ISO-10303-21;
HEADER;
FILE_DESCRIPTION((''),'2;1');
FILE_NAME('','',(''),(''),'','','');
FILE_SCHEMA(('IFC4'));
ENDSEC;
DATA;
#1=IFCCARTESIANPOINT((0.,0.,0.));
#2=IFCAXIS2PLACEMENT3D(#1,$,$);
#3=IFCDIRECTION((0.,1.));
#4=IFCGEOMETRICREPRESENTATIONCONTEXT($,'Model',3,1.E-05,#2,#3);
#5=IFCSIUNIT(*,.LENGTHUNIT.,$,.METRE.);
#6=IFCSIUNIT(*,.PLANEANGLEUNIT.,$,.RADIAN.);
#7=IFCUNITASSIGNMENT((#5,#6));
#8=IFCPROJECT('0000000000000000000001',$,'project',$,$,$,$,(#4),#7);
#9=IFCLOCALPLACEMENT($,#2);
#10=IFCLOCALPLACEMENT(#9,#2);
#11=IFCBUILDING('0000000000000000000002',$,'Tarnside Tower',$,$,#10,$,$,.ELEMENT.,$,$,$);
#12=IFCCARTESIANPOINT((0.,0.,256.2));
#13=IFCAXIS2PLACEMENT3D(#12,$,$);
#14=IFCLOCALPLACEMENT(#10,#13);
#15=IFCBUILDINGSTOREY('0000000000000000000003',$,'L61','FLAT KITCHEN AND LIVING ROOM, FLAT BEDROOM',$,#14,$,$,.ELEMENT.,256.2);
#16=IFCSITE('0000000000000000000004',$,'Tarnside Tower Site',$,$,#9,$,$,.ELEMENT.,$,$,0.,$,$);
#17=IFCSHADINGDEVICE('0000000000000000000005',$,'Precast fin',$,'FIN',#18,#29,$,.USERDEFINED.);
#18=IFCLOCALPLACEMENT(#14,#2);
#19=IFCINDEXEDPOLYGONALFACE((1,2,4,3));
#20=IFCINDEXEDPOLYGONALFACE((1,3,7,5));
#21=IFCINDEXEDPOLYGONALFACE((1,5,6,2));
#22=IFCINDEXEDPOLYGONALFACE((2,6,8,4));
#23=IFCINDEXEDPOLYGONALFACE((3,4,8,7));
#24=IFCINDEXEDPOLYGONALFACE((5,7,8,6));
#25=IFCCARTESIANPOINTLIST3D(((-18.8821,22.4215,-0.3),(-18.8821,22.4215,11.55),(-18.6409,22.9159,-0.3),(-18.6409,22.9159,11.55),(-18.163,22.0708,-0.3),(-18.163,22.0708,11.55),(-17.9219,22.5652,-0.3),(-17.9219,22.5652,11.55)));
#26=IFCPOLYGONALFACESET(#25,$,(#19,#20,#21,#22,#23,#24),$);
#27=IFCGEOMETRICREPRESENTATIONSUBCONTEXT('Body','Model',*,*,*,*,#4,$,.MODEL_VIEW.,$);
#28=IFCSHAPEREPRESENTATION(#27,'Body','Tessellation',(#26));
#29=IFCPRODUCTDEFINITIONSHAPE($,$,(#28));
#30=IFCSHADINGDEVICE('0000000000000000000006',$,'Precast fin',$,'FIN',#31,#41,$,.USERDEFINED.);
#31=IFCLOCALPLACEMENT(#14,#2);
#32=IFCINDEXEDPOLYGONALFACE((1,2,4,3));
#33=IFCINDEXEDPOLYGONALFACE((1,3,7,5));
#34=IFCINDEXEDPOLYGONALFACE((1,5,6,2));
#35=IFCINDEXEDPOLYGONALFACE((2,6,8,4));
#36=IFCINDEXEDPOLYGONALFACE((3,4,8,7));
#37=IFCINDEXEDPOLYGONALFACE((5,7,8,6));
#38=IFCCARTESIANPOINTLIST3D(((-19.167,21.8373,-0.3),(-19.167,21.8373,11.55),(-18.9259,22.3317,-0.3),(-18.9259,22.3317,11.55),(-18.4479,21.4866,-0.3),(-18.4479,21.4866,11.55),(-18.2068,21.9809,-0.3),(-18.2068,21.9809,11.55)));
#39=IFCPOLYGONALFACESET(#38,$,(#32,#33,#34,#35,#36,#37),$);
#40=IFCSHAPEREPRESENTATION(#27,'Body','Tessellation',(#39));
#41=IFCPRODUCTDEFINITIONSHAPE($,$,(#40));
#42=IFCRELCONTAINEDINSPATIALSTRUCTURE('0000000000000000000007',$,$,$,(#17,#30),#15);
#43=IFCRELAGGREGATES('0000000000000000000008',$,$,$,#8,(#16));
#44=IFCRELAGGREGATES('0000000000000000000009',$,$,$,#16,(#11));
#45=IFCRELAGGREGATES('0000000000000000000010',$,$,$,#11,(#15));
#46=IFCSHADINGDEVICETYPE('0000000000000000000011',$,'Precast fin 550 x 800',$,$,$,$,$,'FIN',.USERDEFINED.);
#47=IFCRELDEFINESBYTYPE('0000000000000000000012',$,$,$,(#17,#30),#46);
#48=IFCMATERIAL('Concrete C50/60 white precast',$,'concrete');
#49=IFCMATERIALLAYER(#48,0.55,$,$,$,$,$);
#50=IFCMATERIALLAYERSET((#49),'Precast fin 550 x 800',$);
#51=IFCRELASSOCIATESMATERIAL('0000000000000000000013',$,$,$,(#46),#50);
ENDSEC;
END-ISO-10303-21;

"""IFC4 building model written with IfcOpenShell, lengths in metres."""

from ifc_helpers import new_model, si_unit, direction, frame, origin, place, context, subcontext, project, spatial, polyline, outline, extrude, material, layer, layer_set, type_object, element, save


model = new_model("IFC4")

# Units and contexts
model_context = context("Model", 3, precision=1e-05, world=origin(), true_north=direction((0.0, 1.0)))
body_context = subcontext(model_context, "Body", "Model", "MODEL_VIEW")
ifc_project = project(units=[si_unit("LENGTHUNIT", "METRE"), si_unit("PLANEANGLEUNIT", "RADIAN")], contexts=[model_context])

# Site, building, storey
site_placement = place(None, origin())
site = spatial("IfcSite", under=ifc_project, at=site_placement, Name="Tarnside Tower Site", CompositionType="ELEMENT", RefElevation=0.0)
building_placement = place(site_placement, origin())
building = spatial("IfcBuilding", under=site, at=building_placement, Name="Tarnside Tower", CompositionType="ELEMENT")
storey_placement = place(building_placement, frame((0.0, 0.0, 256.2)))
storey = spatial("IfcBuildingStorey", under=building, at=storey_placement, Name="L61", Description="FLAT KITCHEN AND LIVING ROOM, FLAT BEDROOM", CompositionType="ELEMENT", Elevation=256.2)

# Shading devices
ifc_material_1 = material(Name="Concrete C50/60 white precast", Category="concrete")
ifc_layer_1 = layer(ifc_material_1, 0.55)
ifc_layer_set_1 = layer_set([ifc_layer_1], Name="Precast fin 550 x 800")
shading_device_type_1 = type_object("IfcShadingDeviceType", Name="Precast fin 550 x 800", ElementType="FIN", PredefinedType="USERDEFINED", material=ifc_layer_set_1)
for number, where, z_axis, x_axis, name in (
    (1, (-18.0425, 22.3179, -0.3), (0.438371, 0.898794, 0.0), (-0.898794, 0.438371, 0.0), "Precast fin"),
    (2, (-18.3274, 21.7336, -0.3), (0.438371, 0.898794, 0.0), (-0.898794, 0.438371, 0.0), "Precast fin"),
):
    element("IfcShadingDevice", number, at=place(storey_placement, frame(where, z_axis=z_axis, x_axis=x_axis)), inside=storey, type_object=shading_device_type_1, Name=name, ObjectType="FIN", PredefinedType="USERDEFINED", context=body_context, shape_type="SweptSolid", body=[
        extrude(outline(polyline([(0.0, 0.0), (0.8, 0.0), (0.8, 11.8501), (0.0, 11.8501), (0.0, 0.0)])), frame((0.0, 0.0, -0.2749)), (0.0, 0.0, 1.0), 0.55),
    ])

save(model, "model.ifc")
